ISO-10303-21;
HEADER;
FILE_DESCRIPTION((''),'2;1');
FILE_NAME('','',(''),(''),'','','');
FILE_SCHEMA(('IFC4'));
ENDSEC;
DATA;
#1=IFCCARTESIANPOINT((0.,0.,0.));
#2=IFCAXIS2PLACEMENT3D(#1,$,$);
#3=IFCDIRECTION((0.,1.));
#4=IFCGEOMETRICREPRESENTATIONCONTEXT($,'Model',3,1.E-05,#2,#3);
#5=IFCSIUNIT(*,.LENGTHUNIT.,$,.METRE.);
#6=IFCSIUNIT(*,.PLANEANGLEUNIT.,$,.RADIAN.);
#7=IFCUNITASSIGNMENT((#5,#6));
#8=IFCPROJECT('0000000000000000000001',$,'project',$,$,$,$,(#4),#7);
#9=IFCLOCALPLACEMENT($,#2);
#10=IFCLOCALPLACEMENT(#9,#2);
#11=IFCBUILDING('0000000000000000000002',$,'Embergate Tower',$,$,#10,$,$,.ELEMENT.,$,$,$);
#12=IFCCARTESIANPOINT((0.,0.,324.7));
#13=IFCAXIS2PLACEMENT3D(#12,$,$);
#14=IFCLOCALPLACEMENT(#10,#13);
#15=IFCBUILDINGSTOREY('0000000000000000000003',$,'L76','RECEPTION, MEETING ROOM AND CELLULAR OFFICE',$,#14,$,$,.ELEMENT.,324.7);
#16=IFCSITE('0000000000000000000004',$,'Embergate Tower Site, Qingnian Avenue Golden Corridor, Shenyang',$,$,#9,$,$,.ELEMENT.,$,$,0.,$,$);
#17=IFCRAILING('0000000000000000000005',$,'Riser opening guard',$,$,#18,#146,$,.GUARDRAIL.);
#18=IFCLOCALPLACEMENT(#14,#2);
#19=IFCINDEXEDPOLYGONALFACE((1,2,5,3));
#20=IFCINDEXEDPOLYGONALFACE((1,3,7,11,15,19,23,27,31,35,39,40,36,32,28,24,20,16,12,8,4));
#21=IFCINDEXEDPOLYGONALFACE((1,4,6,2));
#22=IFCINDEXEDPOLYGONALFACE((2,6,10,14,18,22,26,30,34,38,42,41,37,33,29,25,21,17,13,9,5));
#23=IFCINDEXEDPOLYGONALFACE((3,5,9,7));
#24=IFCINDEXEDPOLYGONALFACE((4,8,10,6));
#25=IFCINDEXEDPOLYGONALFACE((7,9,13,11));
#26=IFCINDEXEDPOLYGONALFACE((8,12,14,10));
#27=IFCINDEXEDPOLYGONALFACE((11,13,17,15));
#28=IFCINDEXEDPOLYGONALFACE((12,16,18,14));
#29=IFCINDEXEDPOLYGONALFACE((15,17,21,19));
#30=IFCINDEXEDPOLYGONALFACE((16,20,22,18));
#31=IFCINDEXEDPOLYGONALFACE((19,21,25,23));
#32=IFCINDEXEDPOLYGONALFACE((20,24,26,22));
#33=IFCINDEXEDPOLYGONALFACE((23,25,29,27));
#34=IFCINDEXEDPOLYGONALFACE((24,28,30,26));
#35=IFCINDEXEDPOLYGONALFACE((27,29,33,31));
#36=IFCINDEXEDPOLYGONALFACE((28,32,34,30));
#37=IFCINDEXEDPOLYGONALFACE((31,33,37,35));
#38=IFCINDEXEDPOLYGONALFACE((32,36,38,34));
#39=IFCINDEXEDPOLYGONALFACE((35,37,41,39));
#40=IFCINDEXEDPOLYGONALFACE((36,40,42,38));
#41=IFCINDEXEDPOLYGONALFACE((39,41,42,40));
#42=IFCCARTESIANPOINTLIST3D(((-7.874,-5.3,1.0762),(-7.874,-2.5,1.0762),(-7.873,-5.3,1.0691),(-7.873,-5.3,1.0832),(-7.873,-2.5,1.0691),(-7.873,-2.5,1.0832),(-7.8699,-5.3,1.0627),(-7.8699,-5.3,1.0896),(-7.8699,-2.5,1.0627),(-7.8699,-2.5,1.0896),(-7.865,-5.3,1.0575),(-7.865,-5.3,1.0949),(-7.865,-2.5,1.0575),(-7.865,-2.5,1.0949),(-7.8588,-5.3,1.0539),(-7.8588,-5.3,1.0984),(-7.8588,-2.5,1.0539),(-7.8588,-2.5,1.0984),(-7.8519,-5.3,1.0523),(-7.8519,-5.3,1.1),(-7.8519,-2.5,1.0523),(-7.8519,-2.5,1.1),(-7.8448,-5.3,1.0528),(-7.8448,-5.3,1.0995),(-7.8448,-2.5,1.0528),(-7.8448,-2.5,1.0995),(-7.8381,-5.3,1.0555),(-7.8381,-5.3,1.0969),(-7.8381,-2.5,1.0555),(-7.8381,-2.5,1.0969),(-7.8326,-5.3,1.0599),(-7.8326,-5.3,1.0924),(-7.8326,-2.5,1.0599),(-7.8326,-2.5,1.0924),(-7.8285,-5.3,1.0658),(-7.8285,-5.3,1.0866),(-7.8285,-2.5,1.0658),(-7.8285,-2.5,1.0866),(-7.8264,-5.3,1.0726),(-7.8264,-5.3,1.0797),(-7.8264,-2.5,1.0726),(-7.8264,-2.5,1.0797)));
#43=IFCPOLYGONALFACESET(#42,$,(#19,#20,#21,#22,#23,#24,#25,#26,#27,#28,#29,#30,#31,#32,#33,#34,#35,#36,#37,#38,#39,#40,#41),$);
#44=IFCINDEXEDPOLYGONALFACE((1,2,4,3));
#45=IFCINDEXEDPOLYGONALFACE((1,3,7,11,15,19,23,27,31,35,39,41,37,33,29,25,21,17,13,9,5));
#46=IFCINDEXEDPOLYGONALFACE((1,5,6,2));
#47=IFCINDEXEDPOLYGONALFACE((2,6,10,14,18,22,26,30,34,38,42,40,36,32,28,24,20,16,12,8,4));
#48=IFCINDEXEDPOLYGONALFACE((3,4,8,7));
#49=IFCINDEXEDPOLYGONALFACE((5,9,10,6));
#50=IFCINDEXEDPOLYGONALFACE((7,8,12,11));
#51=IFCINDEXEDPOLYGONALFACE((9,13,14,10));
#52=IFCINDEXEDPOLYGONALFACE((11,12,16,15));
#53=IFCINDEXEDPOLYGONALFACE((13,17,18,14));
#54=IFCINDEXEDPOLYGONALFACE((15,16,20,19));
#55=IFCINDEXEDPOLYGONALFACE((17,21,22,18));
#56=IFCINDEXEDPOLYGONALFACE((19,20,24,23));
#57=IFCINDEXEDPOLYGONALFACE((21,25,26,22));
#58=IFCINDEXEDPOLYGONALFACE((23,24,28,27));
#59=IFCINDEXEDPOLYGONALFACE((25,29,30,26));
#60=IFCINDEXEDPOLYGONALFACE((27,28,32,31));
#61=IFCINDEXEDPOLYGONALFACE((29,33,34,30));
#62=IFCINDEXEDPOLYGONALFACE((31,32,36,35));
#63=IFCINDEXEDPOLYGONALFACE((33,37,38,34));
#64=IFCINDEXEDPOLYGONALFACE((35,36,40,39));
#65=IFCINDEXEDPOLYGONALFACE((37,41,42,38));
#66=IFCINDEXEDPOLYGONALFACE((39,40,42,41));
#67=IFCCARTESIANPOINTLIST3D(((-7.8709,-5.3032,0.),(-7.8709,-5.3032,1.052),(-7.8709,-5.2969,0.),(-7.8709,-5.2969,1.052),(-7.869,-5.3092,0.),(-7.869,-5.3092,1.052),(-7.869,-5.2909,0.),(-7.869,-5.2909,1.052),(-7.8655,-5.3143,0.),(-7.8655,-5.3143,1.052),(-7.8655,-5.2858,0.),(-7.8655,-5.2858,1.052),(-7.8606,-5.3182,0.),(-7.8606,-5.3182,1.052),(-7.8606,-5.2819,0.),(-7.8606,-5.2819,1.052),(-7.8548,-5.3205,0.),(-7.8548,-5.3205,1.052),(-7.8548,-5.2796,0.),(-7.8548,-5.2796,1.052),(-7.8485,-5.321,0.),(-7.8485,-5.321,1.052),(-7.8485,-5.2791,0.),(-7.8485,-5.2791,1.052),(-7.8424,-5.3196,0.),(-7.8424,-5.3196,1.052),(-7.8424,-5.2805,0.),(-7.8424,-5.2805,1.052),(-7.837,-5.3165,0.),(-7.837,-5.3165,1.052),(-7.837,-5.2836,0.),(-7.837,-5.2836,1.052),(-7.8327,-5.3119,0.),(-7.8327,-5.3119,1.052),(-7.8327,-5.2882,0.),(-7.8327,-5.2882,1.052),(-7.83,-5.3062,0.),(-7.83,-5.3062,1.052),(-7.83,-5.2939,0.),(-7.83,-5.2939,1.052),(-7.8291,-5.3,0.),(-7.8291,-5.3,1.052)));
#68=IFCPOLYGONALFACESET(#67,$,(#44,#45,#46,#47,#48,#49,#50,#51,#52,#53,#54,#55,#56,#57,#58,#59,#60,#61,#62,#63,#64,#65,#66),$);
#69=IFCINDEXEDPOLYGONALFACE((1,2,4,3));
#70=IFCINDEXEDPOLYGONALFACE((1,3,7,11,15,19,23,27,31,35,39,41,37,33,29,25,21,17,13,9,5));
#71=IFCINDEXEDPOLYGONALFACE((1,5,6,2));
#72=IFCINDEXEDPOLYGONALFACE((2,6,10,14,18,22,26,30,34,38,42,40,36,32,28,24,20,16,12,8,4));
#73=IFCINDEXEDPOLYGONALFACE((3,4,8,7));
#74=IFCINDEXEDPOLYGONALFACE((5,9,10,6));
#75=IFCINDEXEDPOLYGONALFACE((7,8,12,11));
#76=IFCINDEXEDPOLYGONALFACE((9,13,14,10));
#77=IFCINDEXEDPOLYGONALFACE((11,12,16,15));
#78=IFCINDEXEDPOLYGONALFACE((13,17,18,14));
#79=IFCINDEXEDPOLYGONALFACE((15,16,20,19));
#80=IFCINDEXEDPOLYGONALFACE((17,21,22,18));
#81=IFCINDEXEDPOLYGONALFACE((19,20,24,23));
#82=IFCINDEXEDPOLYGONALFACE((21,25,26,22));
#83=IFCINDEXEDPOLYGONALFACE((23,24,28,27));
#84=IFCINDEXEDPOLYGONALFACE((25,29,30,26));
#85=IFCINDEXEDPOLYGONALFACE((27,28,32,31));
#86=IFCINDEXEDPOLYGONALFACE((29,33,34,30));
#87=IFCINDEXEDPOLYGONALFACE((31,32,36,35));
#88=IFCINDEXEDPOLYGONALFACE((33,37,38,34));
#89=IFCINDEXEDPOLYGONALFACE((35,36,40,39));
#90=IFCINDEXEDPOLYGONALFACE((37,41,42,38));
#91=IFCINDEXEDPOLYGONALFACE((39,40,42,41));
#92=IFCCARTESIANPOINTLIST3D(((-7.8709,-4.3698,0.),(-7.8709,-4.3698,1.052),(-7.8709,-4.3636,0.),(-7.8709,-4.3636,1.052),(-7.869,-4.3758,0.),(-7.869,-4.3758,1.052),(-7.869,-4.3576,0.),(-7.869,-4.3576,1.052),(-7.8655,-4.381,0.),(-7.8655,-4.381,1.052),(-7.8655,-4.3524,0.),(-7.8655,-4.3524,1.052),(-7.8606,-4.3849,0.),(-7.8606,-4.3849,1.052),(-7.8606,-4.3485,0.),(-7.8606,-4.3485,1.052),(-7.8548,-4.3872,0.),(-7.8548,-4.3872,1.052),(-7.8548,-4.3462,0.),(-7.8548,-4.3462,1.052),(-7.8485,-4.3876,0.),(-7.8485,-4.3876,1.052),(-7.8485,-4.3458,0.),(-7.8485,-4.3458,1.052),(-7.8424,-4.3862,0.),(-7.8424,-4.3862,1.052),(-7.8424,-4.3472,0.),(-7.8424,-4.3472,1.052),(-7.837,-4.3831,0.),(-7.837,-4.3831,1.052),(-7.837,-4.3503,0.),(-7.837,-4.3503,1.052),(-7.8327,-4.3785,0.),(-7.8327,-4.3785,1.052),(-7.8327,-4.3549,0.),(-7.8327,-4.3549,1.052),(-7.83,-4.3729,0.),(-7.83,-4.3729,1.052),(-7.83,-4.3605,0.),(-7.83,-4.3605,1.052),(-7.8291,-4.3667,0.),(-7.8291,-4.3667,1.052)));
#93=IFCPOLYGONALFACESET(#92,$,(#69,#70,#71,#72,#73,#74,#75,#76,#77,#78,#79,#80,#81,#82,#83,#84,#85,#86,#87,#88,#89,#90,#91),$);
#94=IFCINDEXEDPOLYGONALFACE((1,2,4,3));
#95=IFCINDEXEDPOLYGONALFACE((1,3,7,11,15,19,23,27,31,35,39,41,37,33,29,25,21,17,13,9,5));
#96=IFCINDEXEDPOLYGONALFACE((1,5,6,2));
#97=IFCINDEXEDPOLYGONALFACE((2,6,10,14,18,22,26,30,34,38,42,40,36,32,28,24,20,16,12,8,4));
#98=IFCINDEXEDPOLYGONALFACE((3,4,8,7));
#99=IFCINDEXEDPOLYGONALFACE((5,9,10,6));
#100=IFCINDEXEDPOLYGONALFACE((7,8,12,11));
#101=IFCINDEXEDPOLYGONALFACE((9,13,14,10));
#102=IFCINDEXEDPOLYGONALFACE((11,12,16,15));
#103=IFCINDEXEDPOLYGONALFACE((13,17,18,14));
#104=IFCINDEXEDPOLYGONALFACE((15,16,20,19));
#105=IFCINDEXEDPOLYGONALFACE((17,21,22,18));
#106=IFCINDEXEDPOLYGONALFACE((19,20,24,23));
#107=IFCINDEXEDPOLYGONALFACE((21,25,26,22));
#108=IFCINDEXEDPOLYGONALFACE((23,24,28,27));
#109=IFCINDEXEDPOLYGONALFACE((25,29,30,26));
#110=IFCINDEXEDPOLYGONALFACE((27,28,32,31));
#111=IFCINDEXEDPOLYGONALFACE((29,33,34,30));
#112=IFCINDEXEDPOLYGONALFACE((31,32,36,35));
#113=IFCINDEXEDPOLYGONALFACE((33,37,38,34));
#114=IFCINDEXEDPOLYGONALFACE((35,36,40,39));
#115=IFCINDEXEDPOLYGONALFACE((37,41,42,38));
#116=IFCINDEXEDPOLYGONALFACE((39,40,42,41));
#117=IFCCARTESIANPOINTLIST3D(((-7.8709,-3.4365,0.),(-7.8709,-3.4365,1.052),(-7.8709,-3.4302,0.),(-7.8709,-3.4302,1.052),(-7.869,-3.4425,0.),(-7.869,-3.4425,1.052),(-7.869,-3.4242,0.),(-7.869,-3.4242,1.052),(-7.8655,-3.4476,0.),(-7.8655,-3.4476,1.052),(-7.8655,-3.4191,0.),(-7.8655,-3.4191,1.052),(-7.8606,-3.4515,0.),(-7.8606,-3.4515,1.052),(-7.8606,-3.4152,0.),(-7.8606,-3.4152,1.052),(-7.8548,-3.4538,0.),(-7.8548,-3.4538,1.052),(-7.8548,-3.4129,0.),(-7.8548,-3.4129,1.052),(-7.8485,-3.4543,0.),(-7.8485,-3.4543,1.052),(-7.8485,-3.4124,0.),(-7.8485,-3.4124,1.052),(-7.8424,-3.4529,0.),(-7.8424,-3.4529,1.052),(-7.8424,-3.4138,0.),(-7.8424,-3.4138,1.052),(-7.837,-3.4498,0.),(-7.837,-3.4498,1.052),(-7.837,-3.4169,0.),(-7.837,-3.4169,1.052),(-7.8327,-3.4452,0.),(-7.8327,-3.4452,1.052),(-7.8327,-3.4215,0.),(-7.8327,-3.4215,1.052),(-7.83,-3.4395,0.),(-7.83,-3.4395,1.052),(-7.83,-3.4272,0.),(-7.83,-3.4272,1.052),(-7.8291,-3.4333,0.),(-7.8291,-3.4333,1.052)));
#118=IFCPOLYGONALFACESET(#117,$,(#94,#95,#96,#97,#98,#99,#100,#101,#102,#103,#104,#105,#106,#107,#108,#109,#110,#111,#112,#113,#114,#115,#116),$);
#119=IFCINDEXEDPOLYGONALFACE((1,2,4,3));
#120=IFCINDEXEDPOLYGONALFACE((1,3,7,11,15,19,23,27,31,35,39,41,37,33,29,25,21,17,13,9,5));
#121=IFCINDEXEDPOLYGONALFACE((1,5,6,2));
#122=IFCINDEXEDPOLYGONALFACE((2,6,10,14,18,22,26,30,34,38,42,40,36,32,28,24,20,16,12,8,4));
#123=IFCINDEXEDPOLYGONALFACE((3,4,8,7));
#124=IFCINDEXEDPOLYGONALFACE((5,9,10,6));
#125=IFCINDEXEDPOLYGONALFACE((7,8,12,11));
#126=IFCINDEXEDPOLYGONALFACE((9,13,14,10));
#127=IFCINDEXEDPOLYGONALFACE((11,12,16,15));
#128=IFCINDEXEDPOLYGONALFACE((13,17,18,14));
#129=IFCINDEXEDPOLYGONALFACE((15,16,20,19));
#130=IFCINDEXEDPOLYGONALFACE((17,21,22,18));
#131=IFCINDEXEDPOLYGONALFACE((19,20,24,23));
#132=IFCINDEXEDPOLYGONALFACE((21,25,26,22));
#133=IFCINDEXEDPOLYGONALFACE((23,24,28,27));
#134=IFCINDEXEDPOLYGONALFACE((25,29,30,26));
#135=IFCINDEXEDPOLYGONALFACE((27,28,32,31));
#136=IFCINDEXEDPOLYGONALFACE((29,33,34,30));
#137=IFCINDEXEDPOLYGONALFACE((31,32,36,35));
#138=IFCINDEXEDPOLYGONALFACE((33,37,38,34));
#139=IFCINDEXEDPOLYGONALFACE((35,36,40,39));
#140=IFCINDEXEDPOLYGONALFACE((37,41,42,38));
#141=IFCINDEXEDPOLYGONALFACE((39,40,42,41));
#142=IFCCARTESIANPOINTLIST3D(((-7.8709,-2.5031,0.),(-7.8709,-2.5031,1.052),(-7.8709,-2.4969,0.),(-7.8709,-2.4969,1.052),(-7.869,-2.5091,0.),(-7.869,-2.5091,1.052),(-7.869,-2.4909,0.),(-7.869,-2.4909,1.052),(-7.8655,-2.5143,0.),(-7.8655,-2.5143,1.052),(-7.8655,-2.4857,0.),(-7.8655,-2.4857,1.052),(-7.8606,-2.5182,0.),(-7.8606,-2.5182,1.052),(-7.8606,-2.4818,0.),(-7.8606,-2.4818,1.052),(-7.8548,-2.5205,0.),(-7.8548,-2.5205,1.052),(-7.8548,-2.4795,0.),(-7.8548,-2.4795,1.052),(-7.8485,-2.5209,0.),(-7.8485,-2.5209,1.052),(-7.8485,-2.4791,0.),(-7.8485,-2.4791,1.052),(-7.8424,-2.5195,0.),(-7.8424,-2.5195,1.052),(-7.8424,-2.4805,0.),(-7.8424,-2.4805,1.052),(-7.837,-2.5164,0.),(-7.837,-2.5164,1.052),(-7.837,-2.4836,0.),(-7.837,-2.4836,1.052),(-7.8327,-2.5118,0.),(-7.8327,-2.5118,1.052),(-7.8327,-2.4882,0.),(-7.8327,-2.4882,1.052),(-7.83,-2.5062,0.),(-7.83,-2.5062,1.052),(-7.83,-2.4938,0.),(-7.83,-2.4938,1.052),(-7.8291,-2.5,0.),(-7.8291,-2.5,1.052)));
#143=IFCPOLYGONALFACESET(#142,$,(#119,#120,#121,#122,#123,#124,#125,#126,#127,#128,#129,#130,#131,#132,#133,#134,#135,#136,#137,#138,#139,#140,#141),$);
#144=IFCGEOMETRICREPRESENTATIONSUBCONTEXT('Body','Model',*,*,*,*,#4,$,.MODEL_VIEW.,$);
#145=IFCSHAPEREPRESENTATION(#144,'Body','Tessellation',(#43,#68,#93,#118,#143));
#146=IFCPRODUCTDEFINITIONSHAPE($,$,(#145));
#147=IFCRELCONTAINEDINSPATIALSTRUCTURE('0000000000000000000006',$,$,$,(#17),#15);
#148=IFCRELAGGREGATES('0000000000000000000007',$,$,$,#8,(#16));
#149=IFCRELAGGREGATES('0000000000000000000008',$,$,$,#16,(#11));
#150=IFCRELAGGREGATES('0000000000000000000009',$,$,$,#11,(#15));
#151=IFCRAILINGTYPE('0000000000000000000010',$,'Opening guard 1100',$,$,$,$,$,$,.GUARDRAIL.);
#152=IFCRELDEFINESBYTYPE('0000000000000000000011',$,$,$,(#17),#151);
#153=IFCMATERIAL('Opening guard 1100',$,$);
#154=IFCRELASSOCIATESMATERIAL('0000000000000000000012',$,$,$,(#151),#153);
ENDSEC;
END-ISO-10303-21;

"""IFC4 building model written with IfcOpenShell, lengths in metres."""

from ifc_helpers import new_model, si_unit, direction, frame, origin, origin_2d, place, context, subcontext, project, spatial, circle, extrude, source, transform, mapped, material, type_object, element, save


model = new_model("IFC4")

# Units and contexts
model_context = context("Model", 3, precision=1e-05, world=origin(), true_north=direction((0.0, 1.0)))
body_context = subcontext(model_context, "Body", "Model", "MODEL_VIEW")
ifc_project = project(units=[si_unit("LENGTHUNIT", "METRE"), si_unit("PLANEANGLEUNIT", "RADIAN")], contexts=[model_context])

# Site, building, storey
site_placement = place(None, origin())
site = spatial("IfcSite", under=ifc_project, at=site_placement, Name="Embergate Tower Site, Qingnian Avenue Golden Corridor, Shenyang", CompositionType="ELEMENT", RefElevation=0.0)
building_placement = place(site_placement, origin())
building = spatial("IfcBuilding", under=site, at=building_placement, Name="Embergate Tower", CompositionType="ELEMENT")
storey_placement = place(building_placement, frame((0.0, 0.0, 324.7)))
storey = spatial("IfcBuildingStorey", under=building, at=storey_placement, Name="L76", Description="RECEPTION, MEETING ROOM AND CELLULAR OFFICE", CompositionType="ELEMENT", Elevation=324.7)

# Railing
ifc_material_1 = material(Name="Opening guard 1100")
railing_type = type_object("IfcRailingType", Name="Opening guard 1100", PredefinedType="GUARDRAIL", material=ifc_material_1)
shared_shape_1 = source(origin(), body_context, "Body", "SweptSolid", [
    extrude(circle(Radius=0.0239, at=origin_2d()), frame((0.0, 0.0, 1.0762), z_axis=(0.0, 1.0, 0.0), x_axis=(-1.0, 0.0, 0.0)), (0.0, 0.0, 1.0), 2.8),
    extrude(circle(Radius=0.021, at=origin_2d()), origin(), (0.0, 0.0, 1.0), 1.052),
    extrude(circle(Radius=0.021, at=origin_2d()), frame((0.0, 0.9333, 0.0)), (0.0, 0.0, 1.0), 1.052),
    extrude(circle(Radius=0.021, at=origin_2d()), frame((0.0, 1.8667, 0.0)), (0.0, 0.0, 1.0), 1.052),
    extrude(circle(Radius=0.021, at=origin_2d()), frame((0.0, 2.8, 0.0)), (0.0, 0.0, 1.0), 1.052),
])
railing_placement = place(storey_placement, frame((-7.8501, -5.3, 0.0)))
element("IfcRailing", 1, at=railing_placement, inside=storey, type_object=railing_type, Name="Riser opening guard", PredefinedType="GUARDRAIL", context=body_context, shape_type="MappedRepresentation", body=[
    mapped(shared_shape_1, transform((0.0, 0.0, 0.0))),
])

save(model, "model.ifc")
